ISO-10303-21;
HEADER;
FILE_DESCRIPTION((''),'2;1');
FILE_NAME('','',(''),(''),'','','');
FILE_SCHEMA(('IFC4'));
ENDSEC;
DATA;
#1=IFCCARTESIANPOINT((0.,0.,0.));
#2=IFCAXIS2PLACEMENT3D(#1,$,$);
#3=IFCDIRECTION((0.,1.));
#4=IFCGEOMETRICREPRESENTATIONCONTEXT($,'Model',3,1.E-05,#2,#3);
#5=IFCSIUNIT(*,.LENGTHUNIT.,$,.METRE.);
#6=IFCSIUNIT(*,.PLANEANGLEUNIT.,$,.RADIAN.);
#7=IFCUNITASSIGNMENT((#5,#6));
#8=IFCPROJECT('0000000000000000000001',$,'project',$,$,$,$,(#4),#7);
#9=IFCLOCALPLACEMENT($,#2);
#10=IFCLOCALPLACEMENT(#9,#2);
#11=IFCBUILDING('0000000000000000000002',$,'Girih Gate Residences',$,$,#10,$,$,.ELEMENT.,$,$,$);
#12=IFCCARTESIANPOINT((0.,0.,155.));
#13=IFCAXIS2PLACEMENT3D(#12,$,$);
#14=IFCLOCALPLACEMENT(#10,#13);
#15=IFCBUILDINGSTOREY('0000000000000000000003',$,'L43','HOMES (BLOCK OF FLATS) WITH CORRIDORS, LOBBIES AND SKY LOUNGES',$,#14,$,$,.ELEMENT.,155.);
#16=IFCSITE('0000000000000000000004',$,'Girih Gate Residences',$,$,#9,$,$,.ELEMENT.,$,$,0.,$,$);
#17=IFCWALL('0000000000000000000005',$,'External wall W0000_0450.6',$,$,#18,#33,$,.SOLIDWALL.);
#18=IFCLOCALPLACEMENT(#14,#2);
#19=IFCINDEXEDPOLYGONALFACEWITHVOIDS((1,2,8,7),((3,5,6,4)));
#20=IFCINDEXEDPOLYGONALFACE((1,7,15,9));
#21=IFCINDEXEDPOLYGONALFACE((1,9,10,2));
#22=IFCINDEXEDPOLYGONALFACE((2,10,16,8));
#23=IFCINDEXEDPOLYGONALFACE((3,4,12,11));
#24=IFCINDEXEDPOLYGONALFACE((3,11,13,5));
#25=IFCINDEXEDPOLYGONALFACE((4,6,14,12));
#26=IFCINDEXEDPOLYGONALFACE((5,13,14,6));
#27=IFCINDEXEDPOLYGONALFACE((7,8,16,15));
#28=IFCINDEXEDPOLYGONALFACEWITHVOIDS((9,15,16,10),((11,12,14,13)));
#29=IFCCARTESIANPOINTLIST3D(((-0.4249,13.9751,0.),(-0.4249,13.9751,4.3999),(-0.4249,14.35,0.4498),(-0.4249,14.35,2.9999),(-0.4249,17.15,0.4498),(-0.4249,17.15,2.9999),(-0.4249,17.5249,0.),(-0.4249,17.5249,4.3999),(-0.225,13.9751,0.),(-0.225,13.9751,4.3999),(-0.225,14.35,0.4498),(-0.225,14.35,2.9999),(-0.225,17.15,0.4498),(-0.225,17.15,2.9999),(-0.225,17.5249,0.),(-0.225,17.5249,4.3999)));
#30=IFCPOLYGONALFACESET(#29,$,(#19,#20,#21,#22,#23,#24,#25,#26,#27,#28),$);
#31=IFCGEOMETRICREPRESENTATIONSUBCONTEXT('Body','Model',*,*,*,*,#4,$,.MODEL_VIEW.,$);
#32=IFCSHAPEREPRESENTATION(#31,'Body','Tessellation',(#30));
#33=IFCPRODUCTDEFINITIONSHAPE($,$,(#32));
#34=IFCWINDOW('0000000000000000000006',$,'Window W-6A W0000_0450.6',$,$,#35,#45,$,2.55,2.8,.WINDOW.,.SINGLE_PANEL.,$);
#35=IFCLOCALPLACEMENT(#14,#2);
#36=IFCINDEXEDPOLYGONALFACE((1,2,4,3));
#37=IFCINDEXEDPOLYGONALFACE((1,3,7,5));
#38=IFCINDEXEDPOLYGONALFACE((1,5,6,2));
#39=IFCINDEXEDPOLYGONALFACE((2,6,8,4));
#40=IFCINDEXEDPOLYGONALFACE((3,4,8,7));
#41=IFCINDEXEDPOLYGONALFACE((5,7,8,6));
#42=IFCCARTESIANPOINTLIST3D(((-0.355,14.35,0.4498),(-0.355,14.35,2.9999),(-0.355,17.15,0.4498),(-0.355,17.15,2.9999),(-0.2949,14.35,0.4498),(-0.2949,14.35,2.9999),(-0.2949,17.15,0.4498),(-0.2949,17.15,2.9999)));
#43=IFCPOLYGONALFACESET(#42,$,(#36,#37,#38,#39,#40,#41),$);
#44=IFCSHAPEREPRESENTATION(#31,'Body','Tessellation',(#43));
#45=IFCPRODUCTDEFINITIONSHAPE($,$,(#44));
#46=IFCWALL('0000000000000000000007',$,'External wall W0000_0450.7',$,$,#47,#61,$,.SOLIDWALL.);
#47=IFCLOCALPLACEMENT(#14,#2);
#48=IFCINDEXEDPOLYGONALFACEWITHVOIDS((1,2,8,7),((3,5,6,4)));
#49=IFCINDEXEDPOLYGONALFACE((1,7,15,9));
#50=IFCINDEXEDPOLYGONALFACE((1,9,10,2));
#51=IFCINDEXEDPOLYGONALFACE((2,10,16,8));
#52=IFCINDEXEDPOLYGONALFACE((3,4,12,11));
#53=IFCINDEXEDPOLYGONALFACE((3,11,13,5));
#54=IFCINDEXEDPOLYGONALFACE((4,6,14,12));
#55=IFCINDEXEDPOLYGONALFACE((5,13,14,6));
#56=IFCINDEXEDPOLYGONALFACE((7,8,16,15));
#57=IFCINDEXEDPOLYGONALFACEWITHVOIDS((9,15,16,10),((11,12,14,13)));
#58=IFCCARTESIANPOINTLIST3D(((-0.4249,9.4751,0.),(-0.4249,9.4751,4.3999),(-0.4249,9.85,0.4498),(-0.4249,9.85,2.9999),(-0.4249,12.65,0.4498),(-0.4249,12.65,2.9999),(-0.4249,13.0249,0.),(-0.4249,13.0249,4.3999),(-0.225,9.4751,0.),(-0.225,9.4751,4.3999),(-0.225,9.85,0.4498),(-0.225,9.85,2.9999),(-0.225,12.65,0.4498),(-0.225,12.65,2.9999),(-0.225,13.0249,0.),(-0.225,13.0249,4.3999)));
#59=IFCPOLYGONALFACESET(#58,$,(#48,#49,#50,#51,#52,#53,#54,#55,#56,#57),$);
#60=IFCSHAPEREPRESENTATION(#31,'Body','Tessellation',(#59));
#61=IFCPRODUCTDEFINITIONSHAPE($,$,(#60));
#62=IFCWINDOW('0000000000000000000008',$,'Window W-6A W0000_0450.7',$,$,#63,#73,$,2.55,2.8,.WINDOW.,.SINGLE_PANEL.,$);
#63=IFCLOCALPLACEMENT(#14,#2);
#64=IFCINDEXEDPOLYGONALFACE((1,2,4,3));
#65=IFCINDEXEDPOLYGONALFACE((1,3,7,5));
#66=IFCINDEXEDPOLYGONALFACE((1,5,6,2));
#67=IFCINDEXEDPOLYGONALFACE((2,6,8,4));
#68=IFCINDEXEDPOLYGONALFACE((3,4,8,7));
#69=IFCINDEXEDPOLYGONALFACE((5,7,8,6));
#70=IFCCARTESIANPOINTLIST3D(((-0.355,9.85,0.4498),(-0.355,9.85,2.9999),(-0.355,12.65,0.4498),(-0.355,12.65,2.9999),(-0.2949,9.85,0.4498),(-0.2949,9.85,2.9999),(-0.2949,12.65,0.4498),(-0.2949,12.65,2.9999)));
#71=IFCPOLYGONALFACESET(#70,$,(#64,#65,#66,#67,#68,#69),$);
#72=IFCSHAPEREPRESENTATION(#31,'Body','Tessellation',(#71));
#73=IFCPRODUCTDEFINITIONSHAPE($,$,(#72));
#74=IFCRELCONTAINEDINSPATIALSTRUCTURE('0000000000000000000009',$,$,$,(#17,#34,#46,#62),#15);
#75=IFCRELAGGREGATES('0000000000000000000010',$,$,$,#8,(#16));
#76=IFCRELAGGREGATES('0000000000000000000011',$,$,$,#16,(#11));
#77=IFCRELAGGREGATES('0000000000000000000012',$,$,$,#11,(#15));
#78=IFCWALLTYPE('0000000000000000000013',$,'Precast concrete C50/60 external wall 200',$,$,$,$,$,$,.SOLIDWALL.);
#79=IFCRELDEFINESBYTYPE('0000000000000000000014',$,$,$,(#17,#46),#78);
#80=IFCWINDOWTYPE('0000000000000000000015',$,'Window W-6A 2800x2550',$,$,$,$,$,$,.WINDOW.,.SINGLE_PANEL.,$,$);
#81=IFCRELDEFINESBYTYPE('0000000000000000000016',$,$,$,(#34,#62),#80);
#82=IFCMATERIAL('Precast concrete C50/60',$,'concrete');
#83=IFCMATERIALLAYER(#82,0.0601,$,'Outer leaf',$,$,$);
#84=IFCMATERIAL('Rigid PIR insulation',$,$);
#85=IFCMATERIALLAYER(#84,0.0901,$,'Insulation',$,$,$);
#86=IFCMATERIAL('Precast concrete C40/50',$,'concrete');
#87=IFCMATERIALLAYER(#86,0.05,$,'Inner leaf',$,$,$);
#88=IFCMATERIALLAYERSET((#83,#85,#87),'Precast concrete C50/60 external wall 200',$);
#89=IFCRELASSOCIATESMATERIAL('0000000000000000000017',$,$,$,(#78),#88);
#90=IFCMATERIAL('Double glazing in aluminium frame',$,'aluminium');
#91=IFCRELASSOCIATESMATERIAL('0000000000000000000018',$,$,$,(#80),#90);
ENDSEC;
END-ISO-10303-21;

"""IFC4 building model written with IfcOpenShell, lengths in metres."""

from ifc_helpers import new_model, si_unit, direction, frame, frame_2d, origin, place, context, subcontext, project, spatial, rectangle, extrude, material, layer, layer_set, type_object, element, fill, save


model = new_model("IFC4")

# Units and contexts
model_context = context("Model", 3, precision=1e-05, world=origin(), true_north=direction((0.0, 1.0)))
body_context = subcontext(model_context, "Body", "Model", "MODEL_VIEW")
ifc_project = project(units=[si_unit("LENGTHUNIT", "METRE"), si_unit("PLANEANGLEUNIT", "RADIAN")], contexts=[model_context])

# Site, building, storey
site_placement = place(None, origin())
site = spatial("IfcSite", under=ifc_project, at=site_placement, Name="Girih Gate Residences", CompositionType="ELEMENT", RefElevation=0.0)
building_placement = place(site_placement, origin())
building = spatial("IfcBuilding", under=site, at=building_placement, Name="Girih Gate Residences", CompositionType="ELEMENT")
storey_placement = place(building_placement, frame((0.0, 0.0, 155.0)))
storey = spatial("IfcBuildingStorey", under=building, at=storey_placement, Name="L43", Description="HOMES (BLOCK OF FLATS) WITH CORRIDORS, LOBBIES AND SKY LOUNGES", CompositionType="ELEMENT", Elevation=155.0)

# Walls, openings, windows
ifc_material_1 = material(Name="Precast concrete C50/60", Category="concrete")
ifc_layer_1 = layer(ifc_material_1, 0.0601, Name="Outer leaf")
ifc_material_2 = material(Name="Rigid PIR insulation")
ifc_layer_2 = layer(ifc_material_2, 0.0901, Name="Insulation")
ifc_material_3 = material(Name="Precast concrete C40/50", Category="concrete")
ifc_layer_3 = layer(ifc_material_3, 0.05, Name="Inner leaf")
ifc_layer_set_1 = layer_set([ifc_layer_1, ifc_layer_2, ifc_layer_3], Name="Precast concrete C50/60 external wall 200")
wall_type_1 = type_object("IfcWallType", Name="Precast concrete C50/60 external wall 200", PredefinedType="SOLIDWALL", material=ifc_layer_set_1)
ifc_material_4 = material(Name="Double glazing in aluminium frame", Category="aluminium")
window_type = type_object("IfcWindowType", Name="Window W-6A 2800x2550", PartitioningType="SINGLE_PANEL", PredefinedType="WINDOW", material=ifc_material_4)
wall_1_placement = place(storey_placement, frame((-0.325, 13.9751, 0.0), z_axis=(0.0, 0.0, 1.0), x_axis=(0.0, 1.0, 0.0)))
wall_1 = element("IfcWall", 1, at=wall_1_placement, inside=storey, type_object=wall_type_1, Name="External wall W0000_0450.6", PredefinedType="SOLIDWALL", context=body_context, shape_type="SweptSolid", body=[
    extrude(rectangle(XDim=3.5498, YDim=0.2, at=frame_2d((1.7749, 0.0))), origin(), (0.0, 0.0, 1.0), 4.3999),
])
opening_1_placement = place(wall_1_placement, frame((0.375, 0.0, 0.45)))
opening_1 = element("IfcOpeningElement", 2, at=opening_1_placement, cuts=wall_1, PredefinedType="OPENING", context=body_context, shape_type="SweptSolid", body=[
    extrude(rectangle(XDim=2.8, YDim=2.55, at=frame_2d((1.3999, 1.2749))), frame((0.0, 0.1099, 0.0), z_axis=(0.0, -1.0, 0.0), x_axis=(1.0, 0.0, 0.0)), (0.0, 0.0, 1.0), 0.22),
])
window_1_placement = place(opening_1_placement, origin())
window_1 = element("IfcWindow", 3, at=window_1_placement, inside=storey, type_object=window_type, Name="Window W-6A W0000_0450.6", OverallHeight=2.55, OverallWidth=2.8, PartitioningType="SINGLE_PANEL", PredefinedType="WINDOW", context=body_context, shape_type="SweptSolid", body=[
    extrude(rectangle(XDim=2.8, YDim=2.55, at=frame_2d((1.3999, 1.2749))), frame((0.0, 0.03, 0.0), z_axis=(0.0, -1.0, 0.0), x_axis=(1.0, 0.0, 0.0)), (0.0, 0.0, 1.0), 0.0601),
])
fill(opening_1, window_1)
wall_2_placement = place(storey_placement, frame((-0.325, 9.4751, 0.0), z_axis=(0.0, 0.0, 1.0), x_axis=(0.0, 1.0, 0.0)))
wall_2 = element("IfcWall", 4, at=wall_2_placement, inside=storey, type_object=wall_type_1, Name="External wall W0000_0450.7", PredefinedType="SOLIDWALL", context=body_context, shape_type="SweptSolid", body=[
    extrude(rectangle(XDim=3.5498, YDim=0.2, at=frame_2d((1.7749, 0.0))), origin(), (0.0, 0.0, 1.0), 4.3999),
])
opening_2_placement = place(wall_2_placement, frame((0.375, 0.0, 0.45)))
opening_2 = element("IfcOpeningElement", 5, at=opening_2_placement, cuts=wall_2, PredefinedType="OPENING", context=body_context, shape_type="SweptSolid", body=[
    extrude(rectangle(XDim=2.8, YDim=2.55, at=frame_2d((1.3999, 1.2749))), frame((0.0, 0.1099, 0.0), z_axis=(0.0, -1.0, 0.0), x_axis=(1.0, 0.0, 0.0)), (0.0, 0.0, 1.0), 0.22),
])
window_2_placement = place(opening_2_placement, origin())
window_2 = element("IfcWindow", 6, at=window_2_placement, inside=storey, type_object=window_type, Name="Window W-6A W0000_0450.7", OverallHeight=2.55, OverallWidth=2.8, PartitioningType="SINGLE_PANEL", PredefinedType="WINDOW", context=body_context, shape_type="SweptSolid", body=[
    extrude(rectangle(XDim=2.8, YDim=2.55, at=frame_2d((1.3999, 1.2749))), frame((0.0, 0.03, 0.0), z_axis=(0.0, -1.0, 0.0), x_axis=(1.0, 0.0, 0.0)), (0.0, 0.0, 1.0), 0.0601),
])
fill(opening_2, window_2)

save(model, "model.ifc")
